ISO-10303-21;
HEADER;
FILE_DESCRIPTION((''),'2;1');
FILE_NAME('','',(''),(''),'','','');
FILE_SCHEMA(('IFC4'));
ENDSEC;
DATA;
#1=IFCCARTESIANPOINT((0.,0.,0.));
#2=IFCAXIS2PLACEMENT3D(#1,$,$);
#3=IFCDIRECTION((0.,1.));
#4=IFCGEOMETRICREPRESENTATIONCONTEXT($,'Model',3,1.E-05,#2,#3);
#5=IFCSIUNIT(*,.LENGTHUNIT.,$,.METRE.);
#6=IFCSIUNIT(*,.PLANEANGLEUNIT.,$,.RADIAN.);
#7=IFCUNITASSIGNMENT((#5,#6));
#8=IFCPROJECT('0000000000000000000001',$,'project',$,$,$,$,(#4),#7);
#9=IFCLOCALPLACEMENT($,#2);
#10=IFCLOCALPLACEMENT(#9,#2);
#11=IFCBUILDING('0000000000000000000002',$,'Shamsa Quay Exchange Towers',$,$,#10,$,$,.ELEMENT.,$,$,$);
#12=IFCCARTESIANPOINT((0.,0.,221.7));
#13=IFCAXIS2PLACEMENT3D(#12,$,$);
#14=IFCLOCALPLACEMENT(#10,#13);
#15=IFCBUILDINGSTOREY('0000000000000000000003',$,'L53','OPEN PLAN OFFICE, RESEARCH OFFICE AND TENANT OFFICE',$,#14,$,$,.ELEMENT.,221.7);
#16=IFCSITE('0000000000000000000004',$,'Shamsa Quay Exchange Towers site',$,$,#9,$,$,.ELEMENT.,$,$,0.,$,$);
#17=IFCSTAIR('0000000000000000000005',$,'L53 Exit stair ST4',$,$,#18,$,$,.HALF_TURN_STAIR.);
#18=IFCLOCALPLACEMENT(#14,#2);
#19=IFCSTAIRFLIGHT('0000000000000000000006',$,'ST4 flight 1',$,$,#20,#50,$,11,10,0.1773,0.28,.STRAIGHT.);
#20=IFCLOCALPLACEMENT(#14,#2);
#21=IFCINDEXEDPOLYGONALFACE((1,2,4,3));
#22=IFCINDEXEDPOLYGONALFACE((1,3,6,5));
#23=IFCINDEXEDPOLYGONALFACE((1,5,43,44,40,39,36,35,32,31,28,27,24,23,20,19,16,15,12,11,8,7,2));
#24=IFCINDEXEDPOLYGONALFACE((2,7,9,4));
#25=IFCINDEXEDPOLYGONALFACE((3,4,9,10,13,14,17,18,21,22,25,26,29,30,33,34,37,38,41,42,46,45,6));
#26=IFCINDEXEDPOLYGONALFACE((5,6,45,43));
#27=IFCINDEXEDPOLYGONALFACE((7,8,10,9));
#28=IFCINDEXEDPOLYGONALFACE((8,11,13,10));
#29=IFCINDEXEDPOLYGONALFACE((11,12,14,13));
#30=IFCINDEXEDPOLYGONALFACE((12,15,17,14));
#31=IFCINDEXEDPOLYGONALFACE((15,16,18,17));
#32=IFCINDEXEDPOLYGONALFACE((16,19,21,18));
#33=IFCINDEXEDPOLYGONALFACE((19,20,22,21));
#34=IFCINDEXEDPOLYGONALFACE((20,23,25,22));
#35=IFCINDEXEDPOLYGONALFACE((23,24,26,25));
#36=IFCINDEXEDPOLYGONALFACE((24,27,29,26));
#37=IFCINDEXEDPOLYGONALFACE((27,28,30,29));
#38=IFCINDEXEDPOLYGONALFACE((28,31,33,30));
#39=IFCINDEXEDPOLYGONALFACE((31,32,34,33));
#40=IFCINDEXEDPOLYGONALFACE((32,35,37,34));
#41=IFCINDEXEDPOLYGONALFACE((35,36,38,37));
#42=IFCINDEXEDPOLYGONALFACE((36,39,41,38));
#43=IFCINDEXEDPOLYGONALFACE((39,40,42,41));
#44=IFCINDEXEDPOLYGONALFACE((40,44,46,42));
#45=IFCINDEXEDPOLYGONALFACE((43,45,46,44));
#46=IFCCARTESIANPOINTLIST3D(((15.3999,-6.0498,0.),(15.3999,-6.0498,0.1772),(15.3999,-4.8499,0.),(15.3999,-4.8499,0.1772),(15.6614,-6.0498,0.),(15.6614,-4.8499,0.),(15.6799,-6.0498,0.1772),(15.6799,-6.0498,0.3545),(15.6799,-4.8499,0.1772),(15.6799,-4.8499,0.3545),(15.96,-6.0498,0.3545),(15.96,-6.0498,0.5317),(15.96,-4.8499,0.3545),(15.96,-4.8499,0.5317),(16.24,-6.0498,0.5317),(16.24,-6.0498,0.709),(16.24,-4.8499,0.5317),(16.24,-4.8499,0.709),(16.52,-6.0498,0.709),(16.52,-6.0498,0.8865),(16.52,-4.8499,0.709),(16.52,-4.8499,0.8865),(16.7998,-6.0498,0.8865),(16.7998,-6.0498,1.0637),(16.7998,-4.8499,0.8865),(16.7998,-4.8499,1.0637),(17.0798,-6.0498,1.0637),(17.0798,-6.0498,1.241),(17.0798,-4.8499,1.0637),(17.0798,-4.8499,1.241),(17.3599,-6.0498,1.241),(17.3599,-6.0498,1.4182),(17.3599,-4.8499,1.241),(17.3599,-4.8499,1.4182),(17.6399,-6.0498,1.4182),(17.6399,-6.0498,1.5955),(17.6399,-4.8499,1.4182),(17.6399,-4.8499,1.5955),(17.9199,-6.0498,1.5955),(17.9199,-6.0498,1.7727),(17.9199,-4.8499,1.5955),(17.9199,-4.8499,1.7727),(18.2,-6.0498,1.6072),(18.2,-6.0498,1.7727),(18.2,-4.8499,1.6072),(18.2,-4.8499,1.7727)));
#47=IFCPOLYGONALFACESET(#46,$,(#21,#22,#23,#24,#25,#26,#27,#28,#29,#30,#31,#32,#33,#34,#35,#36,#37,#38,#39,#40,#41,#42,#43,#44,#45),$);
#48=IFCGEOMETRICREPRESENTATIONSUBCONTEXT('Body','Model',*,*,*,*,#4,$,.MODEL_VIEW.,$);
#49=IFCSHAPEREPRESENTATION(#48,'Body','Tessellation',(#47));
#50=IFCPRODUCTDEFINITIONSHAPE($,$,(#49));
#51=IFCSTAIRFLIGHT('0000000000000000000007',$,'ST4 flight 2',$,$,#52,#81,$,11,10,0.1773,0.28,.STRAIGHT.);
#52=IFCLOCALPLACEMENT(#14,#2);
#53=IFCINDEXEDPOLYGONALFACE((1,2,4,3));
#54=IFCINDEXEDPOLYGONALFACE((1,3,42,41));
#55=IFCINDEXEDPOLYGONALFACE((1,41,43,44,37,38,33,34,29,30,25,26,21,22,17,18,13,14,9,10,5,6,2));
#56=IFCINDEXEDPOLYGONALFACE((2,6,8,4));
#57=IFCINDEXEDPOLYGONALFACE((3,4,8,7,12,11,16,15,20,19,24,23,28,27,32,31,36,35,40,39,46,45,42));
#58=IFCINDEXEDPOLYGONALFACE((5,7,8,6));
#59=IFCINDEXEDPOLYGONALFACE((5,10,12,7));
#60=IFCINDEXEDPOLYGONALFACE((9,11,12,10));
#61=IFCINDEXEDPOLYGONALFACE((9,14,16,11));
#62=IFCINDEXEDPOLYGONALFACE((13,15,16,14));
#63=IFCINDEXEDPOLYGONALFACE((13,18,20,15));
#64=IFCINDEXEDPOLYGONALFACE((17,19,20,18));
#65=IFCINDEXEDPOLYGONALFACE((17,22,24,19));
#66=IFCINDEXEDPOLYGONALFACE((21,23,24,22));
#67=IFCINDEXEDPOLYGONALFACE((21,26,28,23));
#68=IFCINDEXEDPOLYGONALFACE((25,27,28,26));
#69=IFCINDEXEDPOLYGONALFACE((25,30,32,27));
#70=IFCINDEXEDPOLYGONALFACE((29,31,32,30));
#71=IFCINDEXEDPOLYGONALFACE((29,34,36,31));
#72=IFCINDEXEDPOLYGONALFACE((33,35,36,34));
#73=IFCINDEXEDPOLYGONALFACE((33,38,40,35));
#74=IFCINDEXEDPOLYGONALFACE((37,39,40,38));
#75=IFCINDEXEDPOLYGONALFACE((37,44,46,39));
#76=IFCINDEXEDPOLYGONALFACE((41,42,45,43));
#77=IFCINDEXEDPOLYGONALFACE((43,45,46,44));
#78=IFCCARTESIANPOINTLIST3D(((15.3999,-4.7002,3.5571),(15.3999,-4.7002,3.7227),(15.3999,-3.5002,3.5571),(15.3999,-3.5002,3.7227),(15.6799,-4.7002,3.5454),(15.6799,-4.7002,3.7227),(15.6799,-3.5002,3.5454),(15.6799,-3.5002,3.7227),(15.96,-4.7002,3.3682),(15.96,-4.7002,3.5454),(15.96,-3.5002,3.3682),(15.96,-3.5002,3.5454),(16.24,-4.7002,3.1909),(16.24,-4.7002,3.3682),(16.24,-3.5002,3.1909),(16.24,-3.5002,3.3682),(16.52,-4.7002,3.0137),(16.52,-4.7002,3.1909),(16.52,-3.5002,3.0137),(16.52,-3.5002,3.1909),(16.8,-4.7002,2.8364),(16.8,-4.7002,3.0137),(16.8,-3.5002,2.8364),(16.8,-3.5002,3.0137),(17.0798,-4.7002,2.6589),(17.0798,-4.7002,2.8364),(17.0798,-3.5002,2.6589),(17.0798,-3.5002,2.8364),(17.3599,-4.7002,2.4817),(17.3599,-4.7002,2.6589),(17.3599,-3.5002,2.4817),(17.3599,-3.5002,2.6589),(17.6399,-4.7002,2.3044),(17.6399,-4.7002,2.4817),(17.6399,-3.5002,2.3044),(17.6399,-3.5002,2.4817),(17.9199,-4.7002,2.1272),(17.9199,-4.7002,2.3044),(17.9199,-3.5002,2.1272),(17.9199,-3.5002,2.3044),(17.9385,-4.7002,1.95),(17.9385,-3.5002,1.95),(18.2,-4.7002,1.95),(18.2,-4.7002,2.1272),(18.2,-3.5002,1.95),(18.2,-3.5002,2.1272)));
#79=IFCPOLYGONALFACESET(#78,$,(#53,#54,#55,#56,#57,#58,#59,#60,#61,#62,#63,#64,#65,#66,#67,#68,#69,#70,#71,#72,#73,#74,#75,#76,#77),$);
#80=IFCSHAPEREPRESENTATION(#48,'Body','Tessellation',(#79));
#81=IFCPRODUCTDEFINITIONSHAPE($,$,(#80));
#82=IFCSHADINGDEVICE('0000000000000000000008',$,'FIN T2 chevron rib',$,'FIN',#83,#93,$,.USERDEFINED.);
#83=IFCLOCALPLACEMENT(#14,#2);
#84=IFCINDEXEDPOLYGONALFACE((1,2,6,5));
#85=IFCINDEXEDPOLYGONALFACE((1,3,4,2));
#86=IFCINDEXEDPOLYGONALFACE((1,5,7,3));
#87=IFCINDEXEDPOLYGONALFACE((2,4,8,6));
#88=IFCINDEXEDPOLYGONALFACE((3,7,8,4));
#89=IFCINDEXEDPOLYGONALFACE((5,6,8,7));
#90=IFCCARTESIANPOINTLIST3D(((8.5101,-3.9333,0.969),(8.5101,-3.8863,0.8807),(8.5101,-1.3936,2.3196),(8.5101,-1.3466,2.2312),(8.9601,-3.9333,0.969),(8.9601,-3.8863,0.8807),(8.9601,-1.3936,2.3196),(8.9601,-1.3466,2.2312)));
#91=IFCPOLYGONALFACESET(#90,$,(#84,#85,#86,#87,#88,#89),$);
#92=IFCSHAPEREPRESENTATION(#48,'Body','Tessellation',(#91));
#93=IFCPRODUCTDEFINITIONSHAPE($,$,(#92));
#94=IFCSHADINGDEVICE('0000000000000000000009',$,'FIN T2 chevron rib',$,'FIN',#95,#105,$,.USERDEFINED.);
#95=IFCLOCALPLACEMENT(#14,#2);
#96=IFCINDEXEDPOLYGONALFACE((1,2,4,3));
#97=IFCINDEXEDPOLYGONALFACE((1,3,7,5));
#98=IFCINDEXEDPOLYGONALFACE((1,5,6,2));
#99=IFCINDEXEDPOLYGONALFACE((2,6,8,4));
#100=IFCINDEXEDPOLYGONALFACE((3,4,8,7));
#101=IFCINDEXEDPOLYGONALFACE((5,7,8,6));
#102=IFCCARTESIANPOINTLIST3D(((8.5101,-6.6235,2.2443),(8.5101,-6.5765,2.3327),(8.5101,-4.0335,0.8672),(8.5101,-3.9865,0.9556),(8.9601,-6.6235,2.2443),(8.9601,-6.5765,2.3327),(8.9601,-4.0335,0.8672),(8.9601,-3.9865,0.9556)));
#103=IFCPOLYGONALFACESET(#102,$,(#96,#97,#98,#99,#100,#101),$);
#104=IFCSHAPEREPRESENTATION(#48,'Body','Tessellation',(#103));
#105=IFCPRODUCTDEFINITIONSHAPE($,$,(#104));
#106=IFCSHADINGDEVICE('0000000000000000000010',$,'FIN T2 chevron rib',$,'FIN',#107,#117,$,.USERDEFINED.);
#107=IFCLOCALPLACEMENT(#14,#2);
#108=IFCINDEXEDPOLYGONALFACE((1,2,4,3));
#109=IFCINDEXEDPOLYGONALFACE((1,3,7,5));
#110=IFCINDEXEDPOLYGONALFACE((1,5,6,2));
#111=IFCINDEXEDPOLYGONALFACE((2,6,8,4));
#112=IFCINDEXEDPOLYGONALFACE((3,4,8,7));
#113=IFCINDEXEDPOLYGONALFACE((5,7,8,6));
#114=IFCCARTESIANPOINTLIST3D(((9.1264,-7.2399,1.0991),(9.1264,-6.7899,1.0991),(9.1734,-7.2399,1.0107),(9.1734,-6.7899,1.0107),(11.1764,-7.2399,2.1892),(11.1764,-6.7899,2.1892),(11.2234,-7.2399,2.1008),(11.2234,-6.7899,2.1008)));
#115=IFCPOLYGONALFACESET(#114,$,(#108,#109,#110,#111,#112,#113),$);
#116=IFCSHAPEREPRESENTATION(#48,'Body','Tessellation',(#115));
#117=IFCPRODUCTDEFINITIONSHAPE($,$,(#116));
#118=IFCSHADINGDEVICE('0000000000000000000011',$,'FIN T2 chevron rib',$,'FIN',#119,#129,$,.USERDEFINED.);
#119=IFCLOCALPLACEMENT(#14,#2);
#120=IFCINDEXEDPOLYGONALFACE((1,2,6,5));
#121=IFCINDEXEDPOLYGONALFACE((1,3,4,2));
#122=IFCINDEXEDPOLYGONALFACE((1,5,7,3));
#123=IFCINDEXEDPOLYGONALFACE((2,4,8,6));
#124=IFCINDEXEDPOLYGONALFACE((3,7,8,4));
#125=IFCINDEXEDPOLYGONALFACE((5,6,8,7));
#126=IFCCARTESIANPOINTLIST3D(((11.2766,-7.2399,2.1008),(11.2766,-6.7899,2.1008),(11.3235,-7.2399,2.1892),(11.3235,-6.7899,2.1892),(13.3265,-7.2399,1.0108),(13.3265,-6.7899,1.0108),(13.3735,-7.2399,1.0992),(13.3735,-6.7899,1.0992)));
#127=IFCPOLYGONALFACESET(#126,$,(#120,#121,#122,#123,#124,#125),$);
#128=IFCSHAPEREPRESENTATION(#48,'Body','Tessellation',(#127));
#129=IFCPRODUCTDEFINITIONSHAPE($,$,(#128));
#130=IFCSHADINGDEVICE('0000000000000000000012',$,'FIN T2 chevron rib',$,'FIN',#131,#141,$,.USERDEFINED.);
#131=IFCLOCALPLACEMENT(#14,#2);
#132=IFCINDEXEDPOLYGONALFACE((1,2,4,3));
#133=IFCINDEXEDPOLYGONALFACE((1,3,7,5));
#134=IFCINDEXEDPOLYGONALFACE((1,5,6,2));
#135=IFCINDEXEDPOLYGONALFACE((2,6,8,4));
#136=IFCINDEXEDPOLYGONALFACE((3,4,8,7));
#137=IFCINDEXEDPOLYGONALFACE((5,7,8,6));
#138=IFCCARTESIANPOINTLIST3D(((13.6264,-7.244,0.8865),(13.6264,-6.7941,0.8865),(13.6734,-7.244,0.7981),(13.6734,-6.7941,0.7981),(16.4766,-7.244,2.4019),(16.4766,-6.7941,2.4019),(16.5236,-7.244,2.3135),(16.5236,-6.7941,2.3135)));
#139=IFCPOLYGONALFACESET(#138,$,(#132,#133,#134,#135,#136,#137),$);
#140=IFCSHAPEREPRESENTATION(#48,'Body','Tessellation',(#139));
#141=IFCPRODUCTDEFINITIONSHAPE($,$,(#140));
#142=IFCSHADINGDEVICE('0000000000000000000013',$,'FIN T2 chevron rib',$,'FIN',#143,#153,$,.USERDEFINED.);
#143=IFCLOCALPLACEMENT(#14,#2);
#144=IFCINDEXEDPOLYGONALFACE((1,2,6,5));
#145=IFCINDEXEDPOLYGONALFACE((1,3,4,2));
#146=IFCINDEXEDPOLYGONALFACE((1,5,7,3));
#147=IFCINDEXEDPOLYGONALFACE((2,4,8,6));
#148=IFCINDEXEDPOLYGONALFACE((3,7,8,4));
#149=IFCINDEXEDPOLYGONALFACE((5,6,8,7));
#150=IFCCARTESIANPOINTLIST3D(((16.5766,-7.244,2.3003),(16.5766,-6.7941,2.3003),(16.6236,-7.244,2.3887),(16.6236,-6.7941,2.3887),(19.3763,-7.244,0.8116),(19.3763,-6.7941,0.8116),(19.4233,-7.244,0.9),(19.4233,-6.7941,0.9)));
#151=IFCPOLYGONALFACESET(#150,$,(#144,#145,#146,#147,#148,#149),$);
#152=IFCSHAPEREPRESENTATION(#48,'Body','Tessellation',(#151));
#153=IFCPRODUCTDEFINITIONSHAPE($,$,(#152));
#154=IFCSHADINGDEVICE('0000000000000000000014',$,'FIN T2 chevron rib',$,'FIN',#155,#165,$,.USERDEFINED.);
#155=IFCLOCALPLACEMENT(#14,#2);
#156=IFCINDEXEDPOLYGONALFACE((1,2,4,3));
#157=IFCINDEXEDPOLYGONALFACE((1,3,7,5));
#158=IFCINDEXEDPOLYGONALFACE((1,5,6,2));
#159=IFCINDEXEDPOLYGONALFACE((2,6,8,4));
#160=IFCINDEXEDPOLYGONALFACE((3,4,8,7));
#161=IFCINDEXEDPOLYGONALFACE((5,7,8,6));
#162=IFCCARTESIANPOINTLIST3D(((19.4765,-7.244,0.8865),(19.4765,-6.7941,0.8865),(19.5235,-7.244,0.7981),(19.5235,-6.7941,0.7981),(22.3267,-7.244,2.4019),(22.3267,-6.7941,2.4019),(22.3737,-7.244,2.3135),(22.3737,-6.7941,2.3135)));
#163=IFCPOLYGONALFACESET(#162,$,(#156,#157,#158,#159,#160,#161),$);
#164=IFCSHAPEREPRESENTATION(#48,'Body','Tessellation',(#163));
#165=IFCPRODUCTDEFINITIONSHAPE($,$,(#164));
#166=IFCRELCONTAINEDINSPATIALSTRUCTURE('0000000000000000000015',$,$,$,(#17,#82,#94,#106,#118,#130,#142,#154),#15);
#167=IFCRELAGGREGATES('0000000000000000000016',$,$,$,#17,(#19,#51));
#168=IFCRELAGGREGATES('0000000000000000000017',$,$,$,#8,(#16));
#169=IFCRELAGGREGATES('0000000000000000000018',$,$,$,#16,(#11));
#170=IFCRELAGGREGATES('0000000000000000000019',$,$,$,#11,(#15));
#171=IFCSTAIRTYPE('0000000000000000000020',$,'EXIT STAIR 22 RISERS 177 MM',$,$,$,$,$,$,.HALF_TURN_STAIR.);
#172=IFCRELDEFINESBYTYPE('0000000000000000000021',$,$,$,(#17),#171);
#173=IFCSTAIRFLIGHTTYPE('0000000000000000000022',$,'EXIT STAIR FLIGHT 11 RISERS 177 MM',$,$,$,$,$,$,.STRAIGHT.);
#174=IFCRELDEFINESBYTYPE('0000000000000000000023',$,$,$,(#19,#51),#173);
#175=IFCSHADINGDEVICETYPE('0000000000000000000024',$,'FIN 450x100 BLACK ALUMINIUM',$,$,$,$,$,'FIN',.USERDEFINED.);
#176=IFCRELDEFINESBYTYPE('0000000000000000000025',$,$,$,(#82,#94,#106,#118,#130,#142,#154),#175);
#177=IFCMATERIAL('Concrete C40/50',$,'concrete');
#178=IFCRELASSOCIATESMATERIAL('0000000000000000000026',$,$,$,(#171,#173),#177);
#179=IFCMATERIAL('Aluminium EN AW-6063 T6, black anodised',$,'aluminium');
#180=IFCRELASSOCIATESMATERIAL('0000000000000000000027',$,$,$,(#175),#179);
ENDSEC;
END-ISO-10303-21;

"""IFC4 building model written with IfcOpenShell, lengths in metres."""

from ifc_helpers import new_model, si_unit, direction, frame, origin, origin_2d, place, context, subcontext, project, spatial, polyline, rectangle, outline, extrude, material, material_profile, profile_set, type_object, element, aggregate, save


model = new_model("IFC4")

# Units and contexts
model_context = context("Model", 3, precision=1e-05, world=origin(), true_north=direction((0.0, 1.0)))
body_context = subcontext(model_context, "Body", "Model", "MODEL_VIEW")
ifc_project = project(units=[si_unit("LENGTHUNIT", "METRE"), si_unit("PLANEANGLEUNIT", "RADIAN")], contexts=[model_context])

# Site, building, storey
site_placement = place(None, origin())
site = spatial("IfcSite", under=ifc_project, at=site_placement, Name="Shamsa Quay Exchange Towers site", CompositionType="ELEMENT", RefElevation=0.0)
building_placement = place(site_placement, origin())
building = spatial("IfcBuilding", under=site, at=building_placement, Name="Shamsa Quay Exchange Towers", CompositionType="ELEMENT")
storey_placement = place(building_placement, frame((0.0, 0.0, 221.7)))
storey = spatial("IfcBuildingStorey", under=building, at=storey_placement, Name="L53", Description="OPEN PLAN OFFICE, RESEARCH OFFICE AND TENANT OFFICE", CompositionType="ELEMENT", Elevation=221.7)

# Shared definitions
ifc_material_1 = material(Name="Aluminium EN AW-6063 T6, black anodised", Category="aluminium")

# Stair, stair flights
ifc_material_2 = material(Name="Concrete C40/50", Category="concrete")
stair_type = type_object("IfcStairType", Name="EXIT STAIR 22 RISERS 177 MM", PredefinedType="HALF_TURN_STAIR", material=ifc_material_2)
stair_placement = place(storey_placement, origin())
stair = element("IfcStair", 1, at=stair_placement, inside=storey, type_object=stair_type, Name="L53 Exit stair ST4", PredefinedType="HALF_TURN_STAIR")
stair_flight_type = type_object("IfcStairFlightType", Name="EXIT STAIR FLIGHT 11 RISERS 177 MM", PredefinedType="STRAIGHT", material=ifc_material_2)
stair_flight_1_placement = place(storey_placement, frame((15.3999, -5.45, 0.0)))
stair_flight_1 = element("IfcStairFlight", 2, at=stair_flight_1_placement, type_object=stair_flight_type, Name="ST4 flight 1", NumberOfRisers=11, NumberOfTreads=10, PredefinedType="STRAIGHT", RiserHeight=0.1773, TreadLength=0.28, context=body_context, shape_type="SweptSolid", body=[
    extrude(outline(polyline([(0.0, 0.0), (0.0, 0.1772), (0.28, 0.1772), (0.28, 0.3545), (0.5601, 0.3545), (0.5601, 0.5317), (0.8401, 0.5317), (0.8401, 0.709), (1.1201, 0.709), (1.1201, 0.8865), (1.3999, 0.8865), (1.3999, 1.0637), (1.6799, 1.0637), (1.6799, 1.241), (1.96, 1.241), (1.96, 1.4182), (2.24, 1.4182), (2.24, 1.5955), (2.52, 1.5955), (2.52, 1.7727), (2.8, 1.7727), (2.8, 1.95), (2.8, 1.6072), (0.2615, 0.0), (0.0, 0.0)])), frame((0.0, 0.6001, 0.0), z_axis=(0.0, -1.0, 0.0), x_axis=(1.0, 0.0, 0.0)), (0.0, 0.0, 1.0), 1.2),
])
stair_flight_2_placement = place(storey_placement, frame((18.2, -4.1001, 1.95), z_axis=(0.0, 0.0, 1.0), x_axis=(-1.0, 0.0, 0.0)))
stair_flight_2 = element("IfcStairFlight", 3, at=stair_flight_2_placement, type_object=stair_flight_type, Name="ST4 flight 2", NumberOfRisers=11, NumberOfTreads=10, PredefinedType="STRAIGHT", RiserHeight=0.1773, TreadLength=0.28, context=body_context, shape_type="SweptSolid", body=[
    extrude(outline(polyline([(0.0, 0.0), (0.0, 0.1772), (0.28, 0.1772), (0.28, 0.3545), (0.5601, 0.3545), (0.5601, 0.5317), (0.8401, 0.5317), (0.8401, 0.709), (1.1201, 0.709), (1.1201, 0.8865), (1.3999, 0.8865), (1.3999, 1.0637), (1.6799, 1.0637), (1.6799, 1.241), (1.96, 1.241), (1.96, 1.4182), (2.24, 1.4182), (2.24, 1.5955), (2.52, 1.5955), (2.52, 1.7727), (2.8, 1.7727), (2.8, 1.95), (2.8, 1.6072), (0.2615, 0.0), (0.0, 0.0)])), frame((0.0, 0.6001, 0.0), z_axis=(0.0, -1.0, 0.0), x_axis=(1.0, 0.0, 0.0)), (0.0, 0.0, 1.0), 1.2),
])
aggregate(stair, [stair_flight_1, stair_flight_2])

# Shading devices
ifc_material_profile_1 = material_profile(ifc_material_1, rectangle(XDim=0.45, YDim=0.1001, at=origin_2d()), Name="FIN450x100")
ifc_profile_set_1 = profile_set([ifc_material_profile_1], Name="Aluminium EN AW-6063 T6, black anodised")
shading_device_type = type_object("IfcShadingDeviceType", Name="FIN 450x100 BLACK ALUMINIUM", ElementType="FIN", PredefinedType="USERDEFINED", material=ifc_profile_set_1)
shading_device_1_placement = place(storey_placement, frame((8.7351, -1.3701, 2.2754), z_axis=(0.0, -0.882926, -0.469513), x_axis=(1.0, 0.0, 0.0)))
element("IfcShadingDevice", 4, at=shading_device_1_placement, inside=storey, type_object=shading_device_type, Name="FIN T2 chevron rib", ObjectType="FIN", PredefinedType="USERDEFINED", context=body_context, shape_type="SweptSolid", body=[
    extrude(rectangle(XDim=0.45, YDim=0.1001, at=origin_2d()), origin(), (0.0, 0.0, 1.0), 2.8765),
])
shading_device_2_placement = place(storey_placement, frame((8.7351, -4.01, 0.9114), z_axis=(0.0, -0.882944, 0.469478), x_axis=(1.0, 0.0, 0.0)))
element("IfcShadingDevice", 5, at=shading_device_2_placement, inside=storey, type_object=shading_device_type, Name="FIN T2 chevron rib", ObjectType="FIN", PredefinedType="USERDEFINED", context=body_context, shape_type="SweptSolid", body=[
    extrude(rectangle(XDim=0.45, YDim=0.1001, at=origin_2d()), origin(), (0.0, 0.0, 1.0), 2.9333),
])
for number, where, z_axis, x_axis, name in (
    (6, (9.1499, -7.0149, 1.0549), (0.882937, 0.0, 0.469491), (0.0, 1.0, 0.0), "FIN T2 chevron rib"),
    (7, (11.3, -7.0149, 2.145), (0.882937, 0.0, -0.469491), (0.0, 1.0, 0.0), "FIN T2 chevron rib"),
):
    element("IfcShadingDevice", number, at=place(storey_placement, frame(where, z_axis=z_axis, x_axis=x_axis)), inside=storey, type_object=shading_device_type, Name=name, ObjectType="FIN", PredefinedType="USERDEFINED", context=body_context, shape_type="SweptSolid", body=[
        extrude(rectangle(XDim=0.45, YDim=0.1001, at=origin_2d()), origin(), (0.0, 0.0, 1.0), 2.3218),
    ])
shading_device_3_placement = place(storey_placement, frame((13.6499, -7.019, 0.8423), z_axis=(0.882953, 0.0, 0.469461), x_axis=(0.0, 1.0, 0.0)))
element("IfcShadingDevice", 8, at=shading_device_3_placement, inside=storey, type_object=shading_device_type, Name="FIN T2 chevron rib", ObjectType="FIN", PredefinedType="USERDEFINED", context=body_context, shape_type="SweptSolid", body=[
    extrude(rectangle(XDim=0.45, YDim=0.1001, at=origin_2d()), origin(), (0.0, 0.0, 1.0), 3.228),
])
shading_device_4_placement = place(storey_placement, frame((16.6001, -7.019, 2.3445), z_axis=(0.882936, 0.0, -0.469493), x_axis=(0.0, 1.0, 0.0)))
element("IfcShadingDevice", 9, at=shading_device_4_placement, inside=storey, type_object=shading_device_type, Name="FIN T2 chevron rib", ObjectType="FIN", PredefinedType="USERDEFINED", context=body_context, shape_type="SweptSolid", body=[
    extrude(rectangle(XDim=0.45, YDim=0.1001, at=origin_2d()), origin(), (0.0, 0.0, 1.0), 3.1709),
])
shading_device_5_placement = place(storey_placement, frame((19.5, -7.019, 0.8423), z_axis=(0.882953, 0.0, 0.469461), x_axis=(0.0, 1.0, 0.0)))
element("IfcShadingDevice", 10, at=shading_device_5_placement, inside=storey, type_object=shading_device_type, Name="FIN T2 chevron rib", ObjectType="FIN", PredefinedType="USERDEFINED", context=body_context, shape_type="SweptSolid", body=[
    extrude(rectangle(XDim=0.45, YDim=0.1001, at=origin_2d()), origin(), (0.0, 0.0, 1.0), 3.228),
])

save(model, "model.ifc")
